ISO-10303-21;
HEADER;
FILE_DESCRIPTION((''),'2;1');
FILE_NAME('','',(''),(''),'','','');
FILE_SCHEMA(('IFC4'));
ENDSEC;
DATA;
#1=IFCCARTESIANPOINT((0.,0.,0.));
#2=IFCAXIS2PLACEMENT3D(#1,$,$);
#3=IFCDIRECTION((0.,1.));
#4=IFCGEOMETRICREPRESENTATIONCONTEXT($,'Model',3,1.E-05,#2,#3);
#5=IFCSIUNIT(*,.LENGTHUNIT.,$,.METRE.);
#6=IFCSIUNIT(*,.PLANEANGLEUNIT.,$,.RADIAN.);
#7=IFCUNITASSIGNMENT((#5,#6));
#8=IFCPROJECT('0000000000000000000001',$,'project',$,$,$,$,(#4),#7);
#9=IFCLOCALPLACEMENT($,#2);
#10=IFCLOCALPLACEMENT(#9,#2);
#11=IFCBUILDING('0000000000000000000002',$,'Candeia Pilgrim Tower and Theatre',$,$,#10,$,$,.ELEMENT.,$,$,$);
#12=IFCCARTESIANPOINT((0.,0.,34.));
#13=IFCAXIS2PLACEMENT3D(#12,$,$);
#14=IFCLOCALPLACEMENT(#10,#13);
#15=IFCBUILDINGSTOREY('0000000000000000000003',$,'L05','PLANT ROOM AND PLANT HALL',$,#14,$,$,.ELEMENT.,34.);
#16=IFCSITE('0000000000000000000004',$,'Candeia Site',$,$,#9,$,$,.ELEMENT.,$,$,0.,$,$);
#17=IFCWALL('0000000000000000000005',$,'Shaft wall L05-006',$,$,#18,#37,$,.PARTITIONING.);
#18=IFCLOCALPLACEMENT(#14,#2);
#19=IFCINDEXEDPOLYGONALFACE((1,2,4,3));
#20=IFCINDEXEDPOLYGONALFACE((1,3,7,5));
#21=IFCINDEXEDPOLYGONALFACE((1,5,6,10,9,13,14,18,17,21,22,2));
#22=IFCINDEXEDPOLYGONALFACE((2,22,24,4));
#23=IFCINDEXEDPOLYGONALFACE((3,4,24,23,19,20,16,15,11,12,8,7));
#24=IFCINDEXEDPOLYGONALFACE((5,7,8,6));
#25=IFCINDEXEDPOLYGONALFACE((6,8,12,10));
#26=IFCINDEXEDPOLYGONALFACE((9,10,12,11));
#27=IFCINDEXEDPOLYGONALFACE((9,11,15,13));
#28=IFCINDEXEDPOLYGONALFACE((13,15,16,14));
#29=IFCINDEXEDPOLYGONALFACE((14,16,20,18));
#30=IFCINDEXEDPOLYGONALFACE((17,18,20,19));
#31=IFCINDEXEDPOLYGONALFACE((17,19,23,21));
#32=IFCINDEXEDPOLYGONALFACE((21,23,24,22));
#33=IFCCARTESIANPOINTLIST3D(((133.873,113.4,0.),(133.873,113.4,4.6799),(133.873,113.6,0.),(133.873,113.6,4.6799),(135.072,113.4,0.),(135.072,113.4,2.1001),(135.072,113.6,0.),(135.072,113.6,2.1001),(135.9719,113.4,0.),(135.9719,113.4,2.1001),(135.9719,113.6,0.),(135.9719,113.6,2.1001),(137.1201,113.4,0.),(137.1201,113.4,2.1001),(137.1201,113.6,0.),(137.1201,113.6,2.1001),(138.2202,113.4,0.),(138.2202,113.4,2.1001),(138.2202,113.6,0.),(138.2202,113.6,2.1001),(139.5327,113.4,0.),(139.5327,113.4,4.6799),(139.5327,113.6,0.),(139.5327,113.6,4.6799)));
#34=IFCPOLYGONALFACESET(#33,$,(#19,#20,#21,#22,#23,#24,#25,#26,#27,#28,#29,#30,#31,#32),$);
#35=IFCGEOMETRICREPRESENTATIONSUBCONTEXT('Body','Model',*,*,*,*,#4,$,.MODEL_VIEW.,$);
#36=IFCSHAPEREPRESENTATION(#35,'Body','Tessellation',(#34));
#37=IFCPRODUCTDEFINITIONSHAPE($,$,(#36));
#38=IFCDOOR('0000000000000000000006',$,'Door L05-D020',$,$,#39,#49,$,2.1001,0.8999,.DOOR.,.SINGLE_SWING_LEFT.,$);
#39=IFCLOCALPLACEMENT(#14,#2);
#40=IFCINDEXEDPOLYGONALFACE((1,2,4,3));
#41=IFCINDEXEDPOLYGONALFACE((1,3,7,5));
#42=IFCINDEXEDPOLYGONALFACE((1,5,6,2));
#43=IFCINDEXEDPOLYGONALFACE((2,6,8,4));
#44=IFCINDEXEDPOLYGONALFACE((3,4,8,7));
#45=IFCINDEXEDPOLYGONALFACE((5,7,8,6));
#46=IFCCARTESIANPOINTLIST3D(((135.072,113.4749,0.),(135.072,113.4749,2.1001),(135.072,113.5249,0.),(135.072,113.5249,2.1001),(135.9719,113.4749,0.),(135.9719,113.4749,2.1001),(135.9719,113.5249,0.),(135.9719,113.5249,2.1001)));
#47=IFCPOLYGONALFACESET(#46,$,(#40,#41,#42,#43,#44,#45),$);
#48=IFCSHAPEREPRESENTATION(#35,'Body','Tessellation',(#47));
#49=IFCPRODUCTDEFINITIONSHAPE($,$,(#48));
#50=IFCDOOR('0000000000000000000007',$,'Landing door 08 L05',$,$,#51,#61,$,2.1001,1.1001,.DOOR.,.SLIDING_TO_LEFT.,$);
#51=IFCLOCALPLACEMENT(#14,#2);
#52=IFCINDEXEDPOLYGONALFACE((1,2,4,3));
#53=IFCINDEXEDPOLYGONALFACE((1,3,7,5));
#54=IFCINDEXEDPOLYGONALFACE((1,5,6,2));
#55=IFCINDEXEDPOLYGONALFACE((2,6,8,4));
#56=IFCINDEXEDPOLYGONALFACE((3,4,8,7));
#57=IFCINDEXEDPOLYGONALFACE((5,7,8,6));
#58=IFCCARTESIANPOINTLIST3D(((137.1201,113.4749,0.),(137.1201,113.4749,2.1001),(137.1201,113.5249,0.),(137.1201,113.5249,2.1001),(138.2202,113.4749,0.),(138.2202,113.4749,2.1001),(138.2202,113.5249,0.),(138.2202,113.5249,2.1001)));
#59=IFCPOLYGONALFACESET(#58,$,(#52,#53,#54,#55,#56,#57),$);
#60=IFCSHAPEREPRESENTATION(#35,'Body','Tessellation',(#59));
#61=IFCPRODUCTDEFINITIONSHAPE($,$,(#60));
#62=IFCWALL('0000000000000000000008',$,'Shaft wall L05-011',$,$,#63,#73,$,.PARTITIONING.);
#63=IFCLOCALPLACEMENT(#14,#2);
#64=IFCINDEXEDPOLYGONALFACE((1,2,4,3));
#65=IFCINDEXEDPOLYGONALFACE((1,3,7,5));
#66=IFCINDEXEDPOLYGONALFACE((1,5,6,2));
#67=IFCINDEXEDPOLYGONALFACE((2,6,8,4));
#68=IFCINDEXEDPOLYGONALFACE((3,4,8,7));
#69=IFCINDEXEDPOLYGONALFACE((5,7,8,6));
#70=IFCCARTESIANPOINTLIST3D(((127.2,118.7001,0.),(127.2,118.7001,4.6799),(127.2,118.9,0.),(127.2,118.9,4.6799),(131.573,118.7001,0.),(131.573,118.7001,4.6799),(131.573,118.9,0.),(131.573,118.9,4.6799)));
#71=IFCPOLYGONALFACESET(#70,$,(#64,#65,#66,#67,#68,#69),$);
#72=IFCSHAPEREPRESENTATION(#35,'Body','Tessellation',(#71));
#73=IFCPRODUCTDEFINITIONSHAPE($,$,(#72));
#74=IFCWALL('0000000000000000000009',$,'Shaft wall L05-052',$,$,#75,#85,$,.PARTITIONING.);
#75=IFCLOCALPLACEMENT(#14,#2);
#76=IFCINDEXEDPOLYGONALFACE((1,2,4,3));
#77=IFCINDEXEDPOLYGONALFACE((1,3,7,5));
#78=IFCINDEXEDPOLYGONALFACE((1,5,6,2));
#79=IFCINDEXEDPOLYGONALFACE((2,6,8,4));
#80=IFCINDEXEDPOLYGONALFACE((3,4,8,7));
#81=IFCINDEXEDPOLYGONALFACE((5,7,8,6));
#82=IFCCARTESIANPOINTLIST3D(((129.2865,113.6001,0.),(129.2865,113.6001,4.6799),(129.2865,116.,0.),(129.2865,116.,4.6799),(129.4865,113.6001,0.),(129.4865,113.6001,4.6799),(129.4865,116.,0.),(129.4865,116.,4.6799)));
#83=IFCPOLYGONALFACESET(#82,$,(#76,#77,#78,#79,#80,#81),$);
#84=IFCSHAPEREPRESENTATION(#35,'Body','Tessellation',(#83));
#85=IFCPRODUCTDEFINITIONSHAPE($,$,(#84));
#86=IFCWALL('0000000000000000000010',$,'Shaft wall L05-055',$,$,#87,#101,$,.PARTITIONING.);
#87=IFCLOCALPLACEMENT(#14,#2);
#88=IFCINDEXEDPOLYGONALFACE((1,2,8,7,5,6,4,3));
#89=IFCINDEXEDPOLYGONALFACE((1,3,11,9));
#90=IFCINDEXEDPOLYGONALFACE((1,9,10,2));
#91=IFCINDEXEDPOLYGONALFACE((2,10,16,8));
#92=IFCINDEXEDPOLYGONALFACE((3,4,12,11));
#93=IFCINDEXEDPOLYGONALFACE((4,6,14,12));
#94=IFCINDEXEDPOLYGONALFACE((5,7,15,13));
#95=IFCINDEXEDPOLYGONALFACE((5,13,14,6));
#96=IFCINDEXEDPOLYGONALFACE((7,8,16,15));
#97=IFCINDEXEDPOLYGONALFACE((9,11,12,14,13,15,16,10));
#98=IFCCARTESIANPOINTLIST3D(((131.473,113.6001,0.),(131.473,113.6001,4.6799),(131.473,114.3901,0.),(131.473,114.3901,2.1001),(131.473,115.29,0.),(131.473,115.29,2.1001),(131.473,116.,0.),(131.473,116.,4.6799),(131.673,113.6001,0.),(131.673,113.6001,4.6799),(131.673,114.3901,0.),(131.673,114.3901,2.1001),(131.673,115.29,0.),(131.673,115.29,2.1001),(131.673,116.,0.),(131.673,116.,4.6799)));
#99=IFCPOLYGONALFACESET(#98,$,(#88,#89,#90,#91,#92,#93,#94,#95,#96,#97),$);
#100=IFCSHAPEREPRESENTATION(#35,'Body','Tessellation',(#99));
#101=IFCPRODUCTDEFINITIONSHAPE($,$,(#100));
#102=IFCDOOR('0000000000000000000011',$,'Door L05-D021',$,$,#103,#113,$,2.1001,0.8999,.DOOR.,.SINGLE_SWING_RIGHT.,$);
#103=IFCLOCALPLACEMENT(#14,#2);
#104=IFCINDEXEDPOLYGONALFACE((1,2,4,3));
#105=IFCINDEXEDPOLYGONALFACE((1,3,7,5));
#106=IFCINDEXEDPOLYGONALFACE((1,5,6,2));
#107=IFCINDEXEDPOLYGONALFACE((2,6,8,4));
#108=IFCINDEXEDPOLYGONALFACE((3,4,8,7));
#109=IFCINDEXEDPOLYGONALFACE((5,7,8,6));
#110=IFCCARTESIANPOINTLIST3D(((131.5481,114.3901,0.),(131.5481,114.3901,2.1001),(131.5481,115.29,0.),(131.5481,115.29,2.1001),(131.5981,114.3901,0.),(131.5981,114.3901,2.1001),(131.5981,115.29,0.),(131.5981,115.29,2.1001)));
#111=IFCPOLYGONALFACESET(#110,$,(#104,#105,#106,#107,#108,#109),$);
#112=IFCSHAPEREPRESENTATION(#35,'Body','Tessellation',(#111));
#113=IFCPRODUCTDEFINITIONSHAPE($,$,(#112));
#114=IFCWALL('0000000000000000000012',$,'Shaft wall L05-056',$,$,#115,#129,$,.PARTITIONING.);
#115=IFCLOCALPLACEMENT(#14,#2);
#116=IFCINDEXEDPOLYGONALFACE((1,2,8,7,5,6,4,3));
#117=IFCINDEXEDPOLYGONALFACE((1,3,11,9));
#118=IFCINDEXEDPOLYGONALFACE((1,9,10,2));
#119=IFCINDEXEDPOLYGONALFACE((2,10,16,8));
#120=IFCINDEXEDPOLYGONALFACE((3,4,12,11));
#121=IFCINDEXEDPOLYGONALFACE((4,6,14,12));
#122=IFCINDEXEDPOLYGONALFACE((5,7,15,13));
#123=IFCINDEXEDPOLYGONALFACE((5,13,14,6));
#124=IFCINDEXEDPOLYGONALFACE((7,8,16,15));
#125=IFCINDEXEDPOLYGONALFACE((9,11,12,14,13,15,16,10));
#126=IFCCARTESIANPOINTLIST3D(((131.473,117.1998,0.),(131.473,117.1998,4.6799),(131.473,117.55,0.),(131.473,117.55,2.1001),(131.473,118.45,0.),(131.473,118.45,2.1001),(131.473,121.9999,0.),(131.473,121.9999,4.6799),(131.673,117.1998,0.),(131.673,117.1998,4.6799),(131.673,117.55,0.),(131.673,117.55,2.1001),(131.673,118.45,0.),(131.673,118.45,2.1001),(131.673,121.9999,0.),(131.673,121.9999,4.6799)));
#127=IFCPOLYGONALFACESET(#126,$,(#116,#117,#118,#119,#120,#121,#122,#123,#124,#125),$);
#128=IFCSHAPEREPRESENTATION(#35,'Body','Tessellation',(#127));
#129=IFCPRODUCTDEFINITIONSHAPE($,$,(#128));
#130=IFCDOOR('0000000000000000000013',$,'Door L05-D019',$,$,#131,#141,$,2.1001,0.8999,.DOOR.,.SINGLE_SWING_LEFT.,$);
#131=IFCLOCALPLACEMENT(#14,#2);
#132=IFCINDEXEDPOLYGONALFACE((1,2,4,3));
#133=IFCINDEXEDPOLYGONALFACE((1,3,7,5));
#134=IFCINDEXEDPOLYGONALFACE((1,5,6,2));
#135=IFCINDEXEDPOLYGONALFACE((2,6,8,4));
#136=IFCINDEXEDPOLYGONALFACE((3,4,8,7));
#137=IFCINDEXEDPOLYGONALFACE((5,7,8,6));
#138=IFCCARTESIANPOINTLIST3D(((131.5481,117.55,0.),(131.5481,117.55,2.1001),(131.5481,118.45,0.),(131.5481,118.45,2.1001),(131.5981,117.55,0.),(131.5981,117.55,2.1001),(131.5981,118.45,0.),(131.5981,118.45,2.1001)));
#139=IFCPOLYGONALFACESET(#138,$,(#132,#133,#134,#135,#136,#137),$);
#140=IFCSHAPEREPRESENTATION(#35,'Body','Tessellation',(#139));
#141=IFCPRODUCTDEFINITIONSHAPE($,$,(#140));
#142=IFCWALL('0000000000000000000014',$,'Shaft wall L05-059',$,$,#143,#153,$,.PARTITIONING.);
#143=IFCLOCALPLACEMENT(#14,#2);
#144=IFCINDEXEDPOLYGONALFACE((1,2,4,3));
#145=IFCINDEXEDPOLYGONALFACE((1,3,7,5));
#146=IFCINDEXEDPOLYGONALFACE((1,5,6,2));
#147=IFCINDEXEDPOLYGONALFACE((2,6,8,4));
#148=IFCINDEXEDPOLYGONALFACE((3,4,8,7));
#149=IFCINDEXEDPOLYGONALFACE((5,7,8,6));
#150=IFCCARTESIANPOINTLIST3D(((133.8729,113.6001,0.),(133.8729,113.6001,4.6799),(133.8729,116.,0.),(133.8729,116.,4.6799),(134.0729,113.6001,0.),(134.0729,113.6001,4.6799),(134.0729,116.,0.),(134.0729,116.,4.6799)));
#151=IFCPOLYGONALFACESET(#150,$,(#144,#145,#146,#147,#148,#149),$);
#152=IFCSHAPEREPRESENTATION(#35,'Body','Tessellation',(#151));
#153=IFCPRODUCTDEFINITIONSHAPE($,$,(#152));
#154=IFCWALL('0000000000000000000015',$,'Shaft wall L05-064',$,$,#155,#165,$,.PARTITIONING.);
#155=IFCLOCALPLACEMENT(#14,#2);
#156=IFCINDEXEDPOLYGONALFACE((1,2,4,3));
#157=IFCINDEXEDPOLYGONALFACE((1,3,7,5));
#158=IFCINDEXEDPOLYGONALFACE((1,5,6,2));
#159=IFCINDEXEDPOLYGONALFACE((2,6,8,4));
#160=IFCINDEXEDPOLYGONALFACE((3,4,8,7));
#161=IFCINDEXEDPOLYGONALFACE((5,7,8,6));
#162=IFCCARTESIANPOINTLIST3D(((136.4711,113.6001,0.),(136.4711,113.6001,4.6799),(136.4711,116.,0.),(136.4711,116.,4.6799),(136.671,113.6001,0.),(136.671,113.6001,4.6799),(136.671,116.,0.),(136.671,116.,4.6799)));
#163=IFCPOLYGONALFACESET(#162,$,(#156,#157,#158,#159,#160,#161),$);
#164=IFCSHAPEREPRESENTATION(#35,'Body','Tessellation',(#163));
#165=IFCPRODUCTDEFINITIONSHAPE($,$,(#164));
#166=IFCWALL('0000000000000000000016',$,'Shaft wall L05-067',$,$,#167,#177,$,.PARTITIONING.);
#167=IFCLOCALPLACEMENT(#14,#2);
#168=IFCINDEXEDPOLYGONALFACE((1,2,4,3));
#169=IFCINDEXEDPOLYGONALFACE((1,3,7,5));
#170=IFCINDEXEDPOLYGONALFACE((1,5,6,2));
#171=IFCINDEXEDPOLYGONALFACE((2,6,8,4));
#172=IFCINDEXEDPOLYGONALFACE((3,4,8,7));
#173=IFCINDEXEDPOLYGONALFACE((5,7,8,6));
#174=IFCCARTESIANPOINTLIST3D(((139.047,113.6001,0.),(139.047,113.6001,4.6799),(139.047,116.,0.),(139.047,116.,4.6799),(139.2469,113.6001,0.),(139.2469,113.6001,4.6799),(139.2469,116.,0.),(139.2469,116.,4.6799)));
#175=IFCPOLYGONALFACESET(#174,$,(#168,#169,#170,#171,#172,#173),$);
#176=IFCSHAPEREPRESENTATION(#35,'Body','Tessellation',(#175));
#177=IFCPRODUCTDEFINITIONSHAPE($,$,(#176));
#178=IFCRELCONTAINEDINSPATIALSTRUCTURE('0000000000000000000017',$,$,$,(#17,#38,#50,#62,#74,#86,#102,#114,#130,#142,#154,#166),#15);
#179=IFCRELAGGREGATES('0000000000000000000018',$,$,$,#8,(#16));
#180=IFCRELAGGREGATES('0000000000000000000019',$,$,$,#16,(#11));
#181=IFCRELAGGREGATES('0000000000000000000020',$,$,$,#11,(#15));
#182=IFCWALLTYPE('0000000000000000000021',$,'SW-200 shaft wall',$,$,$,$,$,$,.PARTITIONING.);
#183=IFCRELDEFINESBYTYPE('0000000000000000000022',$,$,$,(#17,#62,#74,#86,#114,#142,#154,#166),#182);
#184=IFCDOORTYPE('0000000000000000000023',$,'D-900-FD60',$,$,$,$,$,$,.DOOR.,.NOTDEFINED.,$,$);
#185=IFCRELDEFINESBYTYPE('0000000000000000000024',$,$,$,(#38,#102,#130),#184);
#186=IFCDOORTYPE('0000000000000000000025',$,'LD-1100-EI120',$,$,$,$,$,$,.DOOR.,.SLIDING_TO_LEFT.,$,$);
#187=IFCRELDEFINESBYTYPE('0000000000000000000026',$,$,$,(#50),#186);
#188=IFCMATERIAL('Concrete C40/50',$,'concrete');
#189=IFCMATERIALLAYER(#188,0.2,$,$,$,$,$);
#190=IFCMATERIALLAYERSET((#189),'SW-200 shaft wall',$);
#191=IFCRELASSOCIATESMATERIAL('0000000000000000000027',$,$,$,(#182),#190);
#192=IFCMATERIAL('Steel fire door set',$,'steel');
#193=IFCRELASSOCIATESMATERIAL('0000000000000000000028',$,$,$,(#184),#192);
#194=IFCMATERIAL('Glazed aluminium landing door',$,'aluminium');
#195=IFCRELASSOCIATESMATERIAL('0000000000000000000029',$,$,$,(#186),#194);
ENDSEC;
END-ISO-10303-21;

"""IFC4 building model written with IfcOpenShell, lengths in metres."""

from ifc_helpers import new_model, si_unit, direction, frame, frame_2d, origin, place, context, subcontext, project, spatial, rectangle, extrude, material, layer, layer_set, type_object, element, fill, save


model = new_model("IFC4")

# Units and contexts
model_context = context("Model", 3, precision=1e-05, world=origin(), true_north=direction((0.0, 1.0)))
body_context = subcontext(model_context, "Body", "Model", "MODEL_VIEW")
ifc_project = project(units=[si_unit("LENGTHUNIT", "METRE"), si_unit("PLANEANGLEUNIT", "RADIAN")], contexts=[model_context])

# Site, building, storey
site_placement = place(None, origin())
site = spatial("IfcSite", under=ifc_project, at=site_placement, Name="Candeia Site", CompositionType="ELEMENT", RefElevation=0.0)
building_placement = place(site_placement, origin())
building = spatial("IfcBuilding", under=site, at=building_placement, Name="Candeia Pilgrim Tower and Theatre", CompositionType="ELEMENT")
storey_placement = place(building_placement, frame((0.0, 0.0, 34.0)))
storey = spatial("IfcBuildingStorey", under=building, at=storey_placement, Name="L05", Description="PLANT ROOM AND PLANT HALL", CompositionType="ELEMENT", Elevation=34.0)

# Shared definitions
ifc_material_1 = material(Name="Steel fire door set", Category="steel")

# Shared definitions
ifc_material_2 = material(Name="Concrete C40/50", Category="concrete")
ifc_layer_1 = layer(ifc_material_2, 0.2)
ifc_layer_set_1 = layer_set([ifc_layer_1], Name="SW-200 shaft wall")
wall_type_1 = type_object("IfcWallType", Name="SW-200 shaft wall", PredefinedType="PARTITIONING", material=ifc_layer_set_1)
door_type_1 = type_object("IfcDoorType", Name="D-900-FD60", OperationType="NOTDEFINED", PredefinedType="DOOR", material=ifc_material_1)

# Wall, openings, doors
wall_1_placement = place(storey_placement, frame((133.873, 113.5, 0.0), z_axis=(0.0, 0.0, 1.0), x_axis=(1.0, 0.0, 0.0)))
wall_1 = element("IfcWall", 1, at=wall_1_placement, inside=storey, type_object=wall_type_1, Name="Shaft wall L05-006", PredefinedType="PARTITIONING", context=body_context, shape_type="SweptSolid", body=[
    extrude(rectangle(XDim=5.6597, YDim=0.2, at=frame_2d((2.8298, 0.0))), origin(), (0.0, 0.0, 1.0), 4.6799),
])
opening_1_placement = place(wall_1_placement, frame((3.2471, 0.0, 0.0)))
opening_1 = element("IfcOpeningElement", 2, at=opening_1_placement, cuts=wall_1, PredefinedType="OPENING", context=body_context, shape_type="SweptSolid", body=[
    extrude(rectangle(XDim=1.1001, YDim=2.1001, at=frame_2d((0.55, 1.05))), frame((0.0, 0.1099, 0.0), z_axis=(0.0, -1.0, 0.0), x_axis=(1.0, 0.0, 0.0)), (0.0, 0.0, 1.0), 0.22),
])
opening_2_placement = place(wall_1_placement, frame((1.199, 0.0, 0.0)))
opening_2 = element("IfcOpeningElement", 3, at=opening_2_placement, cuts=wall_1, PredefinedType="OPENING", context=body_context, shape_type="SweptSolid", body=[
    extrude(rectangle(XDim=0.8999, YDim=2.1001, at=frame_2d((0.45, 1.05))), frame((0.0, 0.1099, 0.0), z_axis=(0.0, -1.0, 0.0), x_axis=(1.0, 0.0, 0.0)), (0.0, 0.0, 1.0), 0.22),
])
door_1_placement = place(opening_2_placement, origin())
door_1 = element("IfcDoor", 4, at=door_1_placement, inside=storey, type_object=door_type_1, Name="Door L05-D020", OperationType="SINGLE_SWING_LEFT", OverallHeight=2.1001, OverallWidth=0.8999, PredefinedType="DOOR", context=body_context, shape_type="SweptSolid", body=[
    extrude(rectangle(XDim=0.8999, YDim=2.1001, at=frame_2d((0.45, 1.05))), frame((0.0, 0.0249, 0.0), z_axis=(0.0, -1.0, 0.0), x_axis=(1.0, 0.0, 0.0)), (0.0, 0.0, 1.0), 0.05),
])
fill(opening_2, door_1)
ifc_material_3 = material(Name="Glazed aluminium landing door", Category="aluminium")
door_type_2 = type_object("IfcDoorType", Name="LD-1100-EI120", OperationType="SLIDING_TO_LEFT", PredefinedType="DOOR", material=ifc_material_3)
door_2_placement = place(opening_1_placement, origin())
door_2 = element("IfcDoor", 5, at=door_2_placement, inside=storey, type_object=door_type_2, Name="Landing door 08 L05", OperationType="SLIDING_TO_LEFT", OverallHeight=2.1001, OverallWidth=1.1001, PredefinedType="DOOR", context=body_context, shape_type="SweptSolid", body=[
    extrude(rectangle(XDim=1.1001, YDim=2.1001, at=frame_2d((0.55, 1.05))), frame((0.0, 0.0249, 0.0), z_axis=(0.0, -1.0, 0.0), x_axis=(1.0, 0.0, 0.0)), (0.0, 0.0, 1.0), 0.05),
])
fill(opening_1, door_2)

# Walls
wall_2_placement = place(storey_placement, frame((127.2, 118.8, 0.0), z_axis=(0.0, 0.0, 1.0), x_axis=(1.0, 0.0, 0.0)))
element("IfcWall", 6, at=wall_2_placement, inside=storey, type_object=wall_type_1, Name="Shaft wall L05-011", PredefinedType="PARTITIONING", context=body_context, shape_type="SweptSolid", body=[
    extrude(rectangle(XDim=4.373, YDim=0.2, at=frame_2d((2.1865, 0.0))), origin(), (0.0, 0.0, 1.0), 4.6799),
])
wall_3_placement = place(storey_placement, frame((129.3865, 113.6001, 0.0), z_axis=(0.0, 0.0, 1.0), x_axis=(0.0, 1.0, 0.0)))
element("IfcWall", 7, at=wall_3_placement, inside=storey, type_object=wall_type_1, Name="Shaft wall L05-052", PredefinedType="PARTITIONING", context=body_context, shape_type="SweptSolid", body=[
    extrude(rectangle(XDim=2.3999, YDim=0.2, at=frame_2d((1.2, 0.0))), origin(), (0.0, 0.0, 1.0), 4.6799),
])

# Walls, openings, doors
wall_4_placement = place(storey_placement, frame((131.573, 113.6001, 0.0), z_axis=(0.0, 0.0, 1.0), x_axis=(0.0, 1.0, 0.0)))
wall_4 = element("IfcWall", 8, at=wall_4_placement, inside=storey, type_object=wall_type_1, Name="Shaft wall L05-055", PredefinedType="PARTITIONING", context=body_context, shape_type="SweptSolid", body=[
    extrude(rectangle(XDim=2.3999, YDim=0.2, at=frame_2d((1.2, 0.0))), origin(), (0.0, 0.0, 1.0), 4.6799),
])
opening_3_placement = place(wall_4_placement, frame((0.79, 0.0, 0.0)))
opening_3 = element("IfcOpeningElement", 9, at=opening_3_placement, cuts=wall_4, PredefinedType="OPENING", context=body_context, shape_type="SweptSolid", body=[
    extrude(rectangle(XDim=0.8999, YDim=2.1001, at=frame_2d((0.45, 1.05))), frame((0.0, 0.1099, 0.0), z_axis=(0.0, -1.0, 0.0), x_axis=(1.0, 0.0, 0.0)), (0.0, 0.0, 1.0), 0.22),
])
door_3_placement = place(opening_3_placement, origin())
door_3 = element("IfcDoor", 10, at=door_3_placement, inside=storey, type_object=door_type_1, Name="Door L05-D021", OperationType="SINGLE_SWING_RIGHT", OverallHeight=2.1001, OverallWidth=0.8999, PredefinedType="DOOR", context=body_context, shape_type="SweptSolid", body=[
    extrude(rectangle(XDim=0.8999, YDim=2.1001, at=frame_2d((0.45, 1.05))), frame((0.0, 0.0249, 0.0), z_axis=(0.0, -1.0, 0.0), x_axis=(1.0, 0.0, 0.0)), (0.0, 0.0, 1.0), 0.05),
])
fill(opening_3, door_3)
wall_5_placement = place(storey_placement, frame((131.573, 117.2, 0.0), z_axis=(0.0, 0.0, 1.0), x_axis=(0.0, 1.0, 0.0)))
wall_5 = element("IfcWall", 11, at=wall_5_placement, inside=storey, type_object=wall_type_1, Name="Shaft wall L05-056", PredefinedType="PARTITIONING", context=body_context, shape_type="SweptSolid", body=[
    extrude(rectangle(XDim=4.8, YDim=0.2, at=frame_2d((2.3999, 0.0))), origin(), (0.0, 0.0, 1.0), 4.6799),
])
opening_4_placement = place(wall_5_placement, frame((0.3501, 0.0, 0.0)))
opening_4 = element("IfcOpeningElement", 12, at=opening_4_placement, cuts=wall_5, PredefinedType="OPENING", context=body_context, shape_type="SweptSolid", body=[
    extrude(rectangle(XDim=0.8999, YDim=2.1001, at=frame_2d((0.45, 1.05))), frame((0.0, 0.1099, 0.0), z_axis=(0.0, -1.0, 0.0), x_axis=(1.0, 0.0, 0.0)), (0.0, 0.0, 1.0), 0.22),
])
door_4_placement = place(opening_4_placement, origin())
door_4 = element("IfcDoor", 13, at=door_4_placement, inside=storey, type_object=door_type_1, Name="Door L05-D019", OperationType="SINGLE_SWING_LEFT", OverallHeight=2.1001, OverallWidth=0.8999, PredefinedType="DOOR", context=body_context, shape_type="SweptSolid", body=[
    extrude(rectangle(XDim=0.8999, YDim=2.1001, at=frame_2d((0.45, 1.05))), frame((0.0, 0.0249, 0.0), z_axis=(0.0, -1.0, 0.0), x_axis=(1.0, 0.0, 0.0)), (0.0, 0.0, 1.0), 0.05),
])
fill(opening_4, door_4)

# Walls
for number, where, z_axis, x_axis, name in (
    (14, (133.9729, 113.6001, 0.0), (0.0, 0.0, 1.0), (0.0, 1.0, 0.0), "Shaft wall L05-059"),
    (15, (136.571, 113.6001, 0.0), (0.0, 0.0, 1.0), (0.0, 1.0, 0.0), "Shaft wall L05-064"),
    (16, (139.147, 113.6001, 0.0), (0.0, 0.0, 1.0), (0.0, 1.0, 0.0), "Shaft wall L05-067"),
):
    element("IfcWall", number, at=place(storey_placement, frame(where, z_axis=z_axis, x_axis=x_axis)), inside=storey, type_object=wall_type_1, Name=name, PredefinedType="PARTITIONING", context=body_context, shape_type="SweptSolid", body=[
        extrude(rectangle(XDim=2.3999, YDim=0.2, at=frame_2d((1.2, 0.0))), origin(), (0.0, 0.0, 1.0), 4.6799),
    ])

save(model, "model.ifc")
